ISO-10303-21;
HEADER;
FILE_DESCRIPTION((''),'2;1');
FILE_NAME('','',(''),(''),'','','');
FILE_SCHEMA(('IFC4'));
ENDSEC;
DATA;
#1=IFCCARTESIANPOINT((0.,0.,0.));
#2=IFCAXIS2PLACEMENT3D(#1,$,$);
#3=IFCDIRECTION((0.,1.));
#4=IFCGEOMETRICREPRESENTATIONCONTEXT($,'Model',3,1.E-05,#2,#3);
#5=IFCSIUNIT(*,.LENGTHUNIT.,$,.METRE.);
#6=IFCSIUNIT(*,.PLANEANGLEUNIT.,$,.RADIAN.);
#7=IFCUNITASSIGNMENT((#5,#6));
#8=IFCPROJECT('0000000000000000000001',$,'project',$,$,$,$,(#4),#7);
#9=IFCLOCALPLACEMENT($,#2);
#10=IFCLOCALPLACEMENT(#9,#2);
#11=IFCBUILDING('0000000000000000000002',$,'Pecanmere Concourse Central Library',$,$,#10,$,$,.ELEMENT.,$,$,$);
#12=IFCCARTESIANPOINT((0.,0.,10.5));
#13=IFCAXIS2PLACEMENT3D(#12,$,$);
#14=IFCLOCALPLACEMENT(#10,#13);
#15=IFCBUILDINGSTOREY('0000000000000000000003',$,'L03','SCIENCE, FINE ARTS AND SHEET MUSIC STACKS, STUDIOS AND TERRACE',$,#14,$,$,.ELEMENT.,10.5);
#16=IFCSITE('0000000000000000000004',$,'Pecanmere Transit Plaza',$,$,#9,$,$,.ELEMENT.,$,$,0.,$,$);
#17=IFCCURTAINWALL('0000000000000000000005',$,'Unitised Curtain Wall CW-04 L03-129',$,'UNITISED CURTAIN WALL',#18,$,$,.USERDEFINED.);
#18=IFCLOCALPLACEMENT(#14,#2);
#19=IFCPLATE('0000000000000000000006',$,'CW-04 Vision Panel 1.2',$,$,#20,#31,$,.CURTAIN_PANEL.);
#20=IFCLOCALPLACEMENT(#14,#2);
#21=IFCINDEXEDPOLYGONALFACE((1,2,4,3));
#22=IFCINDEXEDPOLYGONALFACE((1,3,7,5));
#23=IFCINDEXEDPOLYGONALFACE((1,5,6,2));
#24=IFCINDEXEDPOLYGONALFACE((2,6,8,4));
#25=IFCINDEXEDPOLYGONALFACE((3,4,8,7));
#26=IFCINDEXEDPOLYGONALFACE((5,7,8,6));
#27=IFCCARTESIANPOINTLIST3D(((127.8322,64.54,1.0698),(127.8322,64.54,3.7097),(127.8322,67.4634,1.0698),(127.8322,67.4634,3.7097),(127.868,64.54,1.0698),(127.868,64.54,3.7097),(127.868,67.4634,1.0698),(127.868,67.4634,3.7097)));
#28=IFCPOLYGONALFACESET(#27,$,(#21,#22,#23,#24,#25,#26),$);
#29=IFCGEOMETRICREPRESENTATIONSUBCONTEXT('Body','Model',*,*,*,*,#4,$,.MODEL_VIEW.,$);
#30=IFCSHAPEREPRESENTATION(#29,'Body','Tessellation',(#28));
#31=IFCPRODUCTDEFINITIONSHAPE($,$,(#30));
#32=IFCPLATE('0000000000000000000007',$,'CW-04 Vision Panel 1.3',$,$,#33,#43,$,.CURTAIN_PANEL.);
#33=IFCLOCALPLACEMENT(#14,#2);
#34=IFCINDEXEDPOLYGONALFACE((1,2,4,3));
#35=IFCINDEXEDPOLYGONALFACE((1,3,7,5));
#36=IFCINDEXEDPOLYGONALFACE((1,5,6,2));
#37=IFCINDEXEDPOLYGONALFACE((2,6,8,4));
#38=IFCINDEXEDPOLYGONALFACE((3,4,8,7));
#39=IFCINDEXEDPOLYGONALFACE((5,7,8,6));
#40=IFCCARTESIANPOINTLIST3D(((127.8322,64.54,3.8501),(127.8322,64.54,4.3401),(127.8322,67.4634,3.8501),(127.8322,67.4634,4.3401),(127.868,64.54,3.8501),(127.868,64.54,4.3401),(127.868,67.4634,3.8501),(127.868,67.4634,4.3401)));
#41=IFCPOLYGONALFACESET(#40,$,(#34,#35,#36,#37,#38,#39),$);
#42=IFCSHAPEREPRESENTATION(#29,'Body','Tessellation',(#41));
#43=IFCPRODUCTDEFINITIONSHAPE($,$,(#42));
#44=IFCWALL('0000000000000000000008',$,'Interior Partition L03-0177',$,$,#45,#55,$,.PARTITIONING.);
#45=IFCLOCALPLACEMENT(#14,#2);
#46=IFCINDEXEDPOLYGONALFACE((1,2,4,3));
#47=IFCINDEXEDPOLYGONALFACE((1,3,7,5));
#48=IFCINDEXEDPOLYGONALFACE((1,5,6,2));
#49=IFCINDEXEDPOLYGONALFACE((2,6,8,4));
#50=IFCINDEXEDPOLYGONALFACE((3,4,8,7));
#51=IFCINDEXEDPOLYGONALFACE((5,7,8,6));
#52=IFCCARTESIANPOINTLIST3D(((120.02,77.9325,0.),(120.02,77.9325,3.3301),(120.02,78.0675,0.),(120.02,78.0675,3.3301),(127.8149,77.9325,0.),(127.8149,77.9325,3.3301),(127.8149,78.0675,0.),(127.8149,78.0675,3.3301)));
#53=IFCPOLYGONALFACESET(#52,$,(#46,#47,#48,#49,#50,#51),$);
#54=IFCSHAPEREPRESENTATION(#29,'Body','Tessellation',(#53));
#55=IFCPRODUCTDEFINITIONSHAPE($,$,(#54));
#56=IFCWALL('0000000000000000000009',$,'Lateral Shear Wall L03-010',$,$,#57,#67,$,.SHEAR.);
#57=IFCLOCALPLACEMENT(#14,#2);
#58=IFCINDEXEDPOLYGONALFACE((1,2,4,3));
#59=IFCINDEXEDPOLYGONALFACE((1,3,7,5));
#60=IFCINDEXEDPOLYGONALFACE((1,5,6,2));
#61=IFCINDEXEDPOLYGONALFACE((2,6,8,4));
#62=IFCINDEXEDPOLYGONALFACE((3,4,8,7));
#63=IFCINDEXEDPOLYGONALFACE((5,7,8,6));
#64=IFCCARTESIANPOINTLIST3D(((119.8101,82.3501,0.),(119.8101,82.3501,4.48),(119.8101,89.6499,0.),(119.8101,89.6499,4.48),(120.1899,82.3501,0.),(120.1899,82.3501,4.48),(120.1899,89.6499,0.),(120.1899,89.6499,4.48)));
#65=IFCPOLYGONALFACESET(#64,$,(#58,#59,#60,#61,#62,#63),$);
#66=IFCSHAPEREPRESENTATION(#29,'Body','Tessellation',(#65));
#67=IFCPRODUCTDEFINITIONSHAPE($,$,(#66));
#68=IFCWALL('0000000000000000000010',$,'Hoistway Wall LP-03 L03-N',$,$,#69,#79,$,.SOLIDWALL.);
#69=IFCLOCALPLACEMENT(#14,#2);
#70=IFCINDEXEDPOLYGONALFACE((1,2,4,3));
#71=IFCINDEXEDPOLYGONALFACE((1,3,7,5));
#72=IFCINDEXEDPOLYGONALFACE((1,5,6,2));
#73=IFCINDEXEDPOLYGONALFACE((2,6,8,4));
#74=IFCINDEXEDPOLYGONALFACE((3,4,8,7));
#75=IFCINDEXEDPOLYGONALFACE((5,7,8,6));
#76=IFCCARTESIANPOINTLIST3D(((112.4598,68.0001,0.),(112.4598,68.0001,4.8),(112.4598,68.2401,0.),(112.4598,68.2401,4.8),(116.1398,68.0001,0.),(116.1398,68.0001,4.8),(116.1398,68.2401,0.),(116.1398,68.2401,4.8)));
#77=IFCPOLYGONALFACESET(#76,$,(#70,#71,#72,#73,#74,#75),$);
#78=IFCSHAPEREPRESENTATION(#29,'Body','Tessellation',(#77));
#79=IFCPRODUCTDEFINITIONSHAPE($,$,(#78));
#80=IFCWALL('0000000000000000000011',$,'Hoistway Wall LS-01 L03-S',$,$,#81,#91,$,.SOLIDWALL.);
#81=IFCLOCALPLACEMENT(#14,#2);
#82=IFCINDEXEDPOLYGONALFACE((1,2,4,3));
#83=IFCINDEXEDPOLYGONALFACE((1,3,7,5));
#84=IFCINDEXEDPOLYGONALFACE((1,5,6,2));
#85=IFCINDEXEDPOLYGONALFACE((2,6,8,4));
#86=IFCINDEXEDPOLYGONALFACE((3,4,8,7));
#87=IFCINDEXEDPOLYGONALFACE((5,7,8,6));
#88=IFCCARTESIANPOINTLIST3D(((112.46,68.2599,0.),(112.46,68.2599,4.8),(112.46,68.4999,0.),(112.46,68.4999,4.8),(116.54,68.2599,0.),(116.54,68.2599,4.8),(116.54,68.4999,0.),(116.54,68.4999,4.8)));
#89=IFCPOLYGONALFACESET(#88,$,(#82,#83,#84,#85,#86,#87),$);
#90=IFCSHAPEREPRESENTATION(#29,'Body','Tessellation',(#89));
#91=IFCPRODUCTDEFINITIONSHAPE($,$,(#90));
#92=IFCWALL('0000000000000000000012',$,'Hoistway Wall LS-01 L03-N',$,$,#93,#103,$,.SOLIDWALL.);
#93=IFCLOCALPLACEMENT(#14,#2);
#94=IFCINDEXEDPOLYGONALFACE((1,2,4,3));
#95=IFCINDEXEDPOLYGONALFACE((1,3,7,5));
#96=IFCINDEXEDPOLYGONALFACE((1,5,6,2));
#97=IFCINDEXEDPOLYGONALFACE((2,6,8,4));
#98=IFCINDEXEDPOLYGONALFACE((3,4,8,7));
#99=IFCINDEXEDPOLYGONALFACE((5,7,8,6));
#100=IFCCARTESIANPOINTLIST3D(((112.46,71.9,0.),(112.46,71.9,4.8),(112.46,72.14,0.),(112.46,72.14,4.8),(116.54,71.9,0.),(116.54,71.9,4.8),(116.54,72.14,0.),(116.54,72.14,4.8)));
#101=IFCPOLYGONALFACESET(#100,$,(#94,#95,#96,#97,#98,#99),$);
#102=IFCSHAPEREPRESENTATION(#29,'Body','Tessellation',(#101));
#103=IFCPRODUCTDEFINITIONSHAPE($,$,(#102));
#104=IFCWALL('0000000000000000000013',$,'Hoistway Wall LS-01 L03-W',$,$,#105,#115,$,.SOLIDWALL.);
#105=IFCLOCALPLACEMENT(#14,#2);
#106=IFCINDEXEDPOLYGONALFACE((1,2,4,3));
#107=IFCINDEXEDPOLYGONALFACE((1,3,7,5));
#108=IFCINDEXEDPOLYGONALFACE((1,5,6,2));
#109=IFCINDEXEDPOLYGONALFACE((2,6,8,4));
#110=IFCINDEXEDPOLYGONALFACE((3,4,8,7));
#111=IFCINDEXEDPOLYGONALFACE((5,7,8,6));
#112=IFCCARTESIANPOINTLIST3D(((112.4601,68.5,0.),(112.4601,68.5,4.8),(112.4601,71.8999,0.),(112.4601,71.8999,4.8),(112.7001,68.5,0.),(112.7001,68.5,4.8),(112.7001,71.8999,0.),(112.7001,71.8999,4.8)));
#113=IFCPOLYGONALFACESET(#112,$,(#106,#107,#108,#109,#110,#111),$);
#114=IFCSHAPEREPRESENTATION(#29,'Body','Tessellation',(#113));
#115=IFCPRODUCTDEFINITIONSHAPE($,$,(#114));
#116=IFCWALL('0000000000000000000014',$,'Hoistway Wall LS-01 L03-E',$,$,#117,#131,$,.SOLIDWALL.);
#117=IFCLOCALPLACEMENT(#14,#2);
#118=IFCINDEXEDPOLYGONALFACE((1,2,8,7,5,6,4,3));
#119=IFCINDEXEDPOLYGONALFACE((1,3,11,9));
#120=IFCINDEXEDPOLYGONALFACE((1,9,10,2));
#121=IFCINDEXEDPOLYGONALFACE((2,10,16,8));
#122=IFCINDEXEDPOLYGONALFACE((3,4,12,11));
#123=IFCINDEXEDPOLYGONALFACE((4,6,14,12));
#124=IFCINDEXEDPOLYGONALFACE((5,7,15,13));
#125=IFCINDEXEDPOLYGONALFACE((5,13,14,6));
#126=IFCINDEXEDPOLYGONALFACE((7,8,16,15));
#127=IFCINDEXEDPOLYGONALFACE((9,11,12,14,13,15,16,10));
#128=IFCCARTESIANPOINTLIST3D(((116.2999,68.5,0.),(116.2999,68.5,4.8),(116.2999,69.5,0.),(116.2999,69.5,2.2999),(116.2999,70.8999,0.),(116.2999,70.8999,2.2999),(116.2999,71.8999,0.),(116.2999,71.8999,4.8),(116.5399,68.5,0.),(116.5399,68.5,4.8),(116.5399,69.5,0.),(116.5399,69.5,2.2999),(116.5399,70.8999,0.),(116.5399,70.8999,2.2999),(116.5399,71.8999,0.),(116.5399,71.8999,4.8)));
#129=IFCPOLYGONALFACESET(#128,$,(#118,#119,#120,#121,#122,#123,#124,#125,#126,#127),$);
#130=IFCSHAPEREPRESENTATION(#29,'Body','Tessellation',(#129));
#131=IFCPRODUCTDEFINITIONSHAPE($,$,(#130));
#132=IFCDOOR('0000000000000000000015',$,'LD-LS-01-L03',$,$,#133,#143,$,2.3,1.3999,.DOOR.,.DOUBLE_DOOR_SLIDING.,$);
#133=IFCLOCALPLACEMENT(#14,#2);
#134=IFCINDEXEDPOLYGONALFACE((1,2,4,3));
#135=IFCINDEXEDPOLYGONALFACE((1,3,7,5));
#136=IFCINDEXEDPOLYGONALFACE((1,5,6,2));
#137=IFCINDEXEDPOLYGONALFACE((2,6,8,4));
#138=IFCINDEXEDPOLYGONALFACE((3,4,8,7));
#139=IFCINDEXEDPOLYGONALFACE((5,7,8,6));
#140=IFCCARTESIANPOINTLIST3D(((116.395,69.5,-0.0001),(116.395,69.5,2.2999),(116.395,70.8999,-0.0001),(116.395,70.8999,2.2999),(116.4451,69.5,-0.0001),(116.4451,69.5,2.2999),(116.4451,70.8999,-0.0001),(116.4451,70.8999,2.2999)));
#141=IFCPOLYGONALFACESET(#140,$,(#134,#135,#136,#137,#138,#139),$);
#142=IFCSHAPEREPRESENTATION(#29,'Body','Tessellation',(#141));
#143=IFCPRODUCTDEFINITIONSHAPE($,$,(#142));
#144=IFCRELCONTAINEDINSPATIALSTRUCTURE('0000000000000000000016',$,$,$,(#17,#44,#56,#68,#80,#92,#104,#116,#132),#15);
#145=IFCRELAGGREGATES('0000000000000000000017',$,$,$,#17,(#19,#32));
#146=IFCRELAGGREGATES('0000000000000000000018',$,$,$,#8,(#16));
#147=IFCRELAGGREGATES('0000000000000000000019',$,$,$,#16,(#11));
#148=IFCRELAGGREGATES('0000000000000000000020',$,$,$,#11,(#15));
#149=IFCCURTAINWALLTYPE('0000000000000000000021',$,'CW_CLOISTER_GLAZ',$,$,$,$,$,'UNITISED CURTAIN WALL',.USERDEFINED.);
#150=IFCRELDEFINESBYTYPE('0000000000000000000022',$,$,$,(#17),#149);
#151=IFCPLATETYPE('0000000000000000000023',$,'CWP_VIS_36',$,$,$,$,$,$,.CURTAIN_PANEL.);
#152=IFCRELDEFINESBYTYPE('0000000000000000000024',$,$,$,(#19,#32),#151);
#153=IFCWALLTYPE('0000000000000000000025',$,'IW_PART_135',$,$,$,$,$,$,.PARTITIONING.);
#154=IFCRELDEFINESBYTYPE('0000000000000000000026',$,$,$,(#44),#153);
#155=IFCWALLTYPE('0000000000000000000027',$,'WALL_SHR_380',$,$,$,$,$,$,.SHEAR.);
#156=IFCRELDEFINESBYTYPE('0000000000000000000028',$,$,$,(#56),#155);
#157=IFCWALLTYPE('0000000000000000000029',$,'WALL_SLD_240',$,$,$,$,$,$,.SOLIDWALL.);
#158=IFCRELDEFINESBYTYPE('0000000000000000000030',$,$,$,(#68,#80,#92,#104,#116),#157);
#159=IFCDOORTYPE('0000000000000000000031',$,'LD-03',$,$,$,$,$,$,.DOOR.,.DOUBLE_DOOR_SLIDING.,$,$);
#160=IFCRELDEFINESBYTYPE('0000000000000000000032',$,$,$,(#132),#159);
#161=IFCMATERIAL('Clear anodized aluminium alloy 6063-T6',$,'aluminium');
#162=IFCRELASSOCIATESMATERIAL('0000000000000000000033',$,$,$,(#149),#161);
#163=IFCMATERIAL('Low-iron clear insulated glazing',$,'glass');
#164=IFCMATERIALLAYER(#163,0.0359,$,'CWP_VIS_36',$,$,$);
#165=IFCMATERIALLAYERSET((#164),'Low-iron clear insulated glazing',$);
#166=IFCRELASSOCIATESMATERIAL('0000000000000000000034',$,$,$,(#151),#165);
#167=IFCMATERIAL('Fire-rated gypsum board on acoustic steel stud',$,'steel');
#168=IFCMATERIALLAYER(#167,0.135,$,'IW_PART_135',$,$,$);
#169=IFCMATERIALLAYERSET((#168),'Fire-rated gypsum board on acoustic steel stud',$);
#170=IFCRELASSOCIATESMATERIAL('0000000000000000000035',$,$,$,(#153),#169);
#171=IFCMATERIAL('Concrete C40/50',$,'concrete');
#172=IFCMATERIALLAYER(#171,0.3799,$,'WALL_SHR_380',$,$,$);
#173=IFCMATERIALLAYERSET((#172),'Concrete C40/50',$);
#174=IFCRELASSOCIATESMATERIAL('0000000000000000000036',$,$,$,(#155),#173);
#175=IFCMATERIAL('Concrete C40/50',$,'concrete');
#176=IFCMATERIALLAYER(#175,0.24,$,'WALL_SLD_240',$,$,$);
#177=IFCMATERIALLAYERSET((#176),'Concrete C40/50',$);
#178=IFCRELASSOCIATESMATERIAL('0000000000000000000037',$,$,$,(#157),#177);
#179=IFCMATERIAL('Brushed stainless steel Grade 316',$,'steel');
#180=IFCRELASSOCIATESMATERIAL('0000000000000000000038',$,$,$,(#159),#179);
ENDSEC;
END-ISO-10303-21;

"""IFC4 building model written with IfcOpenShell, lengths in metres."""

from ifc_helpers import new_model, si_unit, direction, frame, frame_2d, origin, origin_2d, place, context, subcontext, project, spatial, rectangle, extrude, material, layer, layer_set, type_object, element, fill, aggregate, save


model = new_model("IFC4")

# Units and contexts
model_context = context("Model", 3, precision=1e-05, world=origin(), true_north=direction((0.0, 1.0)))
body_context = subcontext(model_context, "Body", "Model", "MODEL_VIEW")
ifc_project = project(units=[si_unit("LENGTHUNIT", "METRE"), si_unit("PLANEANGLEUNIT", "RADIAN")], contexts=[model_context])

# Site, building, storey
site_placement = place(None, origin())
site = spatial("IfcSite", under=ifc_project, at=site_placement, Name="Pecanmere Transit Plaza", CompositionType="ELEMENT", RefElevation=0.0)
building_placement = place(site_placement, origin())
building = spatial("IfcBuilding", under=site, at=building_placement, Name="Pecanmere Concourse Central Library", CompositionType="ELEMENT")
storey_placement = place(building_placement, frame((0.0, 0.0, 10.5)))
storey = spatial("IfcBuildingStorey", under=building, at=storey_placement, Name="L03", Description="SCIENCE, FINE ARTS AND SHEET MUSIC STACKS, STUDIOS AND TERRACE", CompositionType="ELEMENT", Elevation=10.5)

# Curtain wall
ifc_material_1 = material(Name="Clear anodized aluminium alloy 6063-T6", Category="aluminium")
curtain_wall_type = type_object("IfcCurtainWallType", Name="CW_CLOISTER_GLAZ", ElementType="UNITISED CURTAIN WALL", PredefinedType="USERDEFINED", material=ifc_material_1)
curtain_wall_placement = place(storey_placement, origin())
curtain_wall = element("IfcCurtainWall", 1, at=curtain_wall_placement, inside=storey, type_object=curtain_wall_type, Name="Unitised Curtain Wall CW-04 L03-129", ObjectType="UNITISED CURTAIN WALL", PredefinedType="USERDEFINED")

# Plates
ifc_material_2 = material(Name="Low-iron clear insulated glazing", Category="glass")
ifc_layer_1 = layer(ifc_material_2, 0.0359, Name="CWP_VIS_36")
ifc_layer_set_1 = layer_set([ifc_layer_1], Name="Low-iron clear insulated glazing")
plate_type_1 = type_object("IfcPlateType", Name="CWP_VIS_36", PredefinedType="CURTAIN_PANEL", material=ifc_layer_set_1)
plate_1_placement = place(storey_placement, frame((127.8501, 66.0017, 1.0698), z_axis=(0.0, 0.0, 1.0), x_axis=(0.0, 1.0, 0.0)))
plate_1 = element("IfcPlate", 2, at=plate_1_placement, type_object=plate_type_1, Name="CW-04 Vision Panel 1.2", PredefinedType="CURTAIN_PANEL", context=body_context, shape_type="SweptSolid", body=[
    extrude(rectangle(XDim=2.9233, YDim=0.0359, at=origin_2d()), origin(), (0.0, 0.0, 1.0), 2.6399),
])
plate_2_placement = place(storey_placement, frame((127.8501, 66.0017, 3.8501), z_axis=(0.0, 0.0, 1.0), x_axis=(0.0, 1.0, 0.0)))
plate_2 = element("IfcPlate", 3, at=plate_2_placement, type_object=plate_type_1, Name="CW-04 Vision Panel 1.3", PredefinedType="CURTAIN_PANEL", context=body_context, shape_type="SweptSolid", body=[
    extrude(rectangle(XDim=2.9233, YDim=0.0359, at=origin_2d()), origin(), (0.0, 0.0, 1.0), 0.49),
])
aggregate(curtain_wall, [plate_1, plate_2])

# Walls
ifc_material_3 = material(Name="Fire-rated gypsum board on acoustic steel stud", Category="steel")
ifc_layer_2 = layer(ifc_material_3, 0.135, Name="IW_PART_135")
ifc_layer_set_2 = layer_set([ifc_layer_2], Name="Fire-rated gypsum board on acoustic steel stud")
wall_type_1 = type_object("IfcWallType", Name="IW_PART_135", PredefinedType="PARTITIONING", material=ifc_layer_set_2)
wall_1_placement = place(storey_placement, frame((120.02, 78.0, 0.0), z_axis=(0.0, 0.0, 1.0), x_axis=(1.0, 0.0, 0.0)))
element("IfcWall", 4, at=wall_1_placement, inside=storey, type_object=wall_type_1, Name="Interior Partition L03-0177", PredefinedType="PARTITIONING", context=body_context, shape_type="SweptSolid", body=[
    extrude(rectangle(XDim=7.7949, YDim=0.135, at=frame_2d((3.8975, 0.0))), origin(), (0.0, 0.0, 1.0), 3.3301),
])
ifc_material_4 = material(Name="Concrete C40/50", Category="concrete")
ifc_layer_3 = layer(ifc_material_4, 0.3799, Name="WALL_SHR_380")
ifc_layer_set_3 = layer_set([ifc_layer_3], Name="Concrete C40/50")
wall_type_2 = type_object("IfcWallType", Name="WALL_SHR_380", PredefinedType="SHEAR", material=ifc_layer_set_3)
wall_2_placement = place(storey_placement, frame((120.0, 82.3501, 0.0), z_axis=(0.0, 0.0, 1.0), x_axis=(0.0, 1.0, 0.0)))
element("IfcWall", 5, at=wall_2_placement, inside=storey, type_object=wall_type_2, Name="Lateral Shear Wall L03-010", PredefinedType="SHEAR", context=body_context, shape_type="SweptSolid", body=[
    extrude(rectangle(XDim=7.2998, YDim=0.3799, at=frame_2d((3.6499, 0.0))), origin(), (0.0, 0.0, 1.0), 4.48),
])
ifc_material_5 = material(Name="Concrete C40/50", Category="concrete")
ifc_layer_4 = layer(ifc_material_5, 0.24, Name="WALL_SLD_240")
ifc_layer_set_4 = layer_set([ifc_layer_4], Name="Concrete C40/50")
wall_type_3 = type_object("IfcWallType", Name="WALL_SLD_240", PredefinedType="SOLIDWALL", material=ifc_layer_set_4)
wall_3_placement = place(storey_placement, frame((112.46, 68.1201, 0.0), z_axis=(0.0, 0.0, 1.0), x_axis=(1.0, 0.0, 0.0)))
element("IfcWall", 6, at=wall_3_placement, inside=storey, type_object=wall_type_3, Name="Hoistway Wall LP-03 L03-N", PredefinedType="SOLIDWALL", context=body_context, shape_type="SweptSolid", body=[
    extrude(rectangle(XDim=3.6799, YDim=0.24, at=frame_2d((1.8398, 0.0))), origin(), (0.0, 0.0, 1.0), 4.8),
])
for number, where, z_axis, x_axis, name in (
    (7, (112.46, 68.3799, 0.0), (0.0, 0.0, 1.0), (1.0, 0.0, 0.0), "Hoistway Wall LS-01 L03-S"),
    (8, (112.46, 72.02, 0.0), (0.0, 0.0, 1.0), (1.0, 0.0, 0.0), "Hoistway Wall LS-01 L03-N"),
):
    element("IfcWall", number, at=place(storey_placement, frame(where, z_axis=z_axis, x_axis=x_axis)), inside=storey, type_object=wall_type_3, Name=name, PredefinedType="SOLIDWALL", context=body_context, shape_type="SweptSolid", body=[
        extrude(rectangle(XDim=4.0801, YDim=0.24, at=frame_2d((2.04, 0.0))), origin(), (0.0, 0.0, 1.0), 4.8),
    ])
wall_4_placement = place(storey_placement, frame((112.5801, 68.5, 0.0), z_axis=(0.0, 0.0, 1.0), x_axis=(0.0, 1.0, 0.0)))
element("IfcWall", 9, at=wall_4_placement, inside=storey, type_object=wall_type_3, Name="Hoistway Wall LS-01 L03-W", PredefinedType="SOLIDWALL", context=body_context, shape_type="SweptSolid", body=[
    extrude(rectangle(XDim=3.3999, YDim=0.24, at=frame_2d((1.7, 0.0))), origin(), (0.0, 0.0, 1.0), 4.8),
])

# Wall, opening, door
wall_5_placement = place(storey_placement, frame((116.4199, 68.5, 0.0), z_axis=(0.0, 0.0, 1.0), x_axis=(0.0, 1.0, 0.0)))
wall_5 = element("IfcWall", 10, at=wall_5_placement, inside=storey, type_object=wall_type_3, Name="Hoistway Wall LS-01 L03-E", PredefinedType="SOLIDWALL", context=body_context, shape_type="SweptSolid", body=[
    extrude(rectangle(XDim=3.3999, YDim=0.24, at=frame_2d((1.7, 0.0))), origin(), (0.0, 0.0, 1.0), 4.8),
])
opening_placement = place(wall_5_placement, frame((1.0, 0.0, 0.0)))
opening = element("IfcOpeningElement", 11, at=opening_placement, cuts=wall_5, PredefinedType="OPENING", context=body_context, shape_type="SweptSolid", body=[
    extrude(rectangle(XDim=1.3999, YDim=2.3, at=frame_2d((0.7, 1.1499))), frame((0.0, 0.1318, 0.0), z_axis=(0.0, -1.0, 0.0), x_axis=(1.0, 0.0, 0.0)), (0.0, 0.0, 1.0), 0.2639),
])
ifc_material_6 = material(Name="Brushed stainless steel Grade 316", Category="steel")
door_type = type_object("IfcDoorType", Name="LD-03", OperationType="DOUBLE_DOOR_SLIDING", PredefinedType="DOOR", material=ifc_material_6)
door_placement = place(opening_placement, origin())
door = element("IfcDoor", 12, at=door_placement, inside=storey, type_object=door_type, Name="LD-LS-01-L03", OperationType="DOUBLE_DOOR_SLIDING", OverallHeight=2.3, OverallWidth=1.3999, PredefinedType="DOOR", context=body_context, shape_type="SweptSolid", body=[
    extrude(rectangle(XDim=1.3999, YDim=2.3, at=frame_2d((0.7, 1.1499))), frame((0.0, 0.0249, 0.0), z_axis=(0.0, -1.0, 0.0), x_axis=(1.0, 0.0, 0.0)), (0.0, 0.0, 1.0), 0.05),
])
fill(opening, door)

save(model, "model.ifc")
